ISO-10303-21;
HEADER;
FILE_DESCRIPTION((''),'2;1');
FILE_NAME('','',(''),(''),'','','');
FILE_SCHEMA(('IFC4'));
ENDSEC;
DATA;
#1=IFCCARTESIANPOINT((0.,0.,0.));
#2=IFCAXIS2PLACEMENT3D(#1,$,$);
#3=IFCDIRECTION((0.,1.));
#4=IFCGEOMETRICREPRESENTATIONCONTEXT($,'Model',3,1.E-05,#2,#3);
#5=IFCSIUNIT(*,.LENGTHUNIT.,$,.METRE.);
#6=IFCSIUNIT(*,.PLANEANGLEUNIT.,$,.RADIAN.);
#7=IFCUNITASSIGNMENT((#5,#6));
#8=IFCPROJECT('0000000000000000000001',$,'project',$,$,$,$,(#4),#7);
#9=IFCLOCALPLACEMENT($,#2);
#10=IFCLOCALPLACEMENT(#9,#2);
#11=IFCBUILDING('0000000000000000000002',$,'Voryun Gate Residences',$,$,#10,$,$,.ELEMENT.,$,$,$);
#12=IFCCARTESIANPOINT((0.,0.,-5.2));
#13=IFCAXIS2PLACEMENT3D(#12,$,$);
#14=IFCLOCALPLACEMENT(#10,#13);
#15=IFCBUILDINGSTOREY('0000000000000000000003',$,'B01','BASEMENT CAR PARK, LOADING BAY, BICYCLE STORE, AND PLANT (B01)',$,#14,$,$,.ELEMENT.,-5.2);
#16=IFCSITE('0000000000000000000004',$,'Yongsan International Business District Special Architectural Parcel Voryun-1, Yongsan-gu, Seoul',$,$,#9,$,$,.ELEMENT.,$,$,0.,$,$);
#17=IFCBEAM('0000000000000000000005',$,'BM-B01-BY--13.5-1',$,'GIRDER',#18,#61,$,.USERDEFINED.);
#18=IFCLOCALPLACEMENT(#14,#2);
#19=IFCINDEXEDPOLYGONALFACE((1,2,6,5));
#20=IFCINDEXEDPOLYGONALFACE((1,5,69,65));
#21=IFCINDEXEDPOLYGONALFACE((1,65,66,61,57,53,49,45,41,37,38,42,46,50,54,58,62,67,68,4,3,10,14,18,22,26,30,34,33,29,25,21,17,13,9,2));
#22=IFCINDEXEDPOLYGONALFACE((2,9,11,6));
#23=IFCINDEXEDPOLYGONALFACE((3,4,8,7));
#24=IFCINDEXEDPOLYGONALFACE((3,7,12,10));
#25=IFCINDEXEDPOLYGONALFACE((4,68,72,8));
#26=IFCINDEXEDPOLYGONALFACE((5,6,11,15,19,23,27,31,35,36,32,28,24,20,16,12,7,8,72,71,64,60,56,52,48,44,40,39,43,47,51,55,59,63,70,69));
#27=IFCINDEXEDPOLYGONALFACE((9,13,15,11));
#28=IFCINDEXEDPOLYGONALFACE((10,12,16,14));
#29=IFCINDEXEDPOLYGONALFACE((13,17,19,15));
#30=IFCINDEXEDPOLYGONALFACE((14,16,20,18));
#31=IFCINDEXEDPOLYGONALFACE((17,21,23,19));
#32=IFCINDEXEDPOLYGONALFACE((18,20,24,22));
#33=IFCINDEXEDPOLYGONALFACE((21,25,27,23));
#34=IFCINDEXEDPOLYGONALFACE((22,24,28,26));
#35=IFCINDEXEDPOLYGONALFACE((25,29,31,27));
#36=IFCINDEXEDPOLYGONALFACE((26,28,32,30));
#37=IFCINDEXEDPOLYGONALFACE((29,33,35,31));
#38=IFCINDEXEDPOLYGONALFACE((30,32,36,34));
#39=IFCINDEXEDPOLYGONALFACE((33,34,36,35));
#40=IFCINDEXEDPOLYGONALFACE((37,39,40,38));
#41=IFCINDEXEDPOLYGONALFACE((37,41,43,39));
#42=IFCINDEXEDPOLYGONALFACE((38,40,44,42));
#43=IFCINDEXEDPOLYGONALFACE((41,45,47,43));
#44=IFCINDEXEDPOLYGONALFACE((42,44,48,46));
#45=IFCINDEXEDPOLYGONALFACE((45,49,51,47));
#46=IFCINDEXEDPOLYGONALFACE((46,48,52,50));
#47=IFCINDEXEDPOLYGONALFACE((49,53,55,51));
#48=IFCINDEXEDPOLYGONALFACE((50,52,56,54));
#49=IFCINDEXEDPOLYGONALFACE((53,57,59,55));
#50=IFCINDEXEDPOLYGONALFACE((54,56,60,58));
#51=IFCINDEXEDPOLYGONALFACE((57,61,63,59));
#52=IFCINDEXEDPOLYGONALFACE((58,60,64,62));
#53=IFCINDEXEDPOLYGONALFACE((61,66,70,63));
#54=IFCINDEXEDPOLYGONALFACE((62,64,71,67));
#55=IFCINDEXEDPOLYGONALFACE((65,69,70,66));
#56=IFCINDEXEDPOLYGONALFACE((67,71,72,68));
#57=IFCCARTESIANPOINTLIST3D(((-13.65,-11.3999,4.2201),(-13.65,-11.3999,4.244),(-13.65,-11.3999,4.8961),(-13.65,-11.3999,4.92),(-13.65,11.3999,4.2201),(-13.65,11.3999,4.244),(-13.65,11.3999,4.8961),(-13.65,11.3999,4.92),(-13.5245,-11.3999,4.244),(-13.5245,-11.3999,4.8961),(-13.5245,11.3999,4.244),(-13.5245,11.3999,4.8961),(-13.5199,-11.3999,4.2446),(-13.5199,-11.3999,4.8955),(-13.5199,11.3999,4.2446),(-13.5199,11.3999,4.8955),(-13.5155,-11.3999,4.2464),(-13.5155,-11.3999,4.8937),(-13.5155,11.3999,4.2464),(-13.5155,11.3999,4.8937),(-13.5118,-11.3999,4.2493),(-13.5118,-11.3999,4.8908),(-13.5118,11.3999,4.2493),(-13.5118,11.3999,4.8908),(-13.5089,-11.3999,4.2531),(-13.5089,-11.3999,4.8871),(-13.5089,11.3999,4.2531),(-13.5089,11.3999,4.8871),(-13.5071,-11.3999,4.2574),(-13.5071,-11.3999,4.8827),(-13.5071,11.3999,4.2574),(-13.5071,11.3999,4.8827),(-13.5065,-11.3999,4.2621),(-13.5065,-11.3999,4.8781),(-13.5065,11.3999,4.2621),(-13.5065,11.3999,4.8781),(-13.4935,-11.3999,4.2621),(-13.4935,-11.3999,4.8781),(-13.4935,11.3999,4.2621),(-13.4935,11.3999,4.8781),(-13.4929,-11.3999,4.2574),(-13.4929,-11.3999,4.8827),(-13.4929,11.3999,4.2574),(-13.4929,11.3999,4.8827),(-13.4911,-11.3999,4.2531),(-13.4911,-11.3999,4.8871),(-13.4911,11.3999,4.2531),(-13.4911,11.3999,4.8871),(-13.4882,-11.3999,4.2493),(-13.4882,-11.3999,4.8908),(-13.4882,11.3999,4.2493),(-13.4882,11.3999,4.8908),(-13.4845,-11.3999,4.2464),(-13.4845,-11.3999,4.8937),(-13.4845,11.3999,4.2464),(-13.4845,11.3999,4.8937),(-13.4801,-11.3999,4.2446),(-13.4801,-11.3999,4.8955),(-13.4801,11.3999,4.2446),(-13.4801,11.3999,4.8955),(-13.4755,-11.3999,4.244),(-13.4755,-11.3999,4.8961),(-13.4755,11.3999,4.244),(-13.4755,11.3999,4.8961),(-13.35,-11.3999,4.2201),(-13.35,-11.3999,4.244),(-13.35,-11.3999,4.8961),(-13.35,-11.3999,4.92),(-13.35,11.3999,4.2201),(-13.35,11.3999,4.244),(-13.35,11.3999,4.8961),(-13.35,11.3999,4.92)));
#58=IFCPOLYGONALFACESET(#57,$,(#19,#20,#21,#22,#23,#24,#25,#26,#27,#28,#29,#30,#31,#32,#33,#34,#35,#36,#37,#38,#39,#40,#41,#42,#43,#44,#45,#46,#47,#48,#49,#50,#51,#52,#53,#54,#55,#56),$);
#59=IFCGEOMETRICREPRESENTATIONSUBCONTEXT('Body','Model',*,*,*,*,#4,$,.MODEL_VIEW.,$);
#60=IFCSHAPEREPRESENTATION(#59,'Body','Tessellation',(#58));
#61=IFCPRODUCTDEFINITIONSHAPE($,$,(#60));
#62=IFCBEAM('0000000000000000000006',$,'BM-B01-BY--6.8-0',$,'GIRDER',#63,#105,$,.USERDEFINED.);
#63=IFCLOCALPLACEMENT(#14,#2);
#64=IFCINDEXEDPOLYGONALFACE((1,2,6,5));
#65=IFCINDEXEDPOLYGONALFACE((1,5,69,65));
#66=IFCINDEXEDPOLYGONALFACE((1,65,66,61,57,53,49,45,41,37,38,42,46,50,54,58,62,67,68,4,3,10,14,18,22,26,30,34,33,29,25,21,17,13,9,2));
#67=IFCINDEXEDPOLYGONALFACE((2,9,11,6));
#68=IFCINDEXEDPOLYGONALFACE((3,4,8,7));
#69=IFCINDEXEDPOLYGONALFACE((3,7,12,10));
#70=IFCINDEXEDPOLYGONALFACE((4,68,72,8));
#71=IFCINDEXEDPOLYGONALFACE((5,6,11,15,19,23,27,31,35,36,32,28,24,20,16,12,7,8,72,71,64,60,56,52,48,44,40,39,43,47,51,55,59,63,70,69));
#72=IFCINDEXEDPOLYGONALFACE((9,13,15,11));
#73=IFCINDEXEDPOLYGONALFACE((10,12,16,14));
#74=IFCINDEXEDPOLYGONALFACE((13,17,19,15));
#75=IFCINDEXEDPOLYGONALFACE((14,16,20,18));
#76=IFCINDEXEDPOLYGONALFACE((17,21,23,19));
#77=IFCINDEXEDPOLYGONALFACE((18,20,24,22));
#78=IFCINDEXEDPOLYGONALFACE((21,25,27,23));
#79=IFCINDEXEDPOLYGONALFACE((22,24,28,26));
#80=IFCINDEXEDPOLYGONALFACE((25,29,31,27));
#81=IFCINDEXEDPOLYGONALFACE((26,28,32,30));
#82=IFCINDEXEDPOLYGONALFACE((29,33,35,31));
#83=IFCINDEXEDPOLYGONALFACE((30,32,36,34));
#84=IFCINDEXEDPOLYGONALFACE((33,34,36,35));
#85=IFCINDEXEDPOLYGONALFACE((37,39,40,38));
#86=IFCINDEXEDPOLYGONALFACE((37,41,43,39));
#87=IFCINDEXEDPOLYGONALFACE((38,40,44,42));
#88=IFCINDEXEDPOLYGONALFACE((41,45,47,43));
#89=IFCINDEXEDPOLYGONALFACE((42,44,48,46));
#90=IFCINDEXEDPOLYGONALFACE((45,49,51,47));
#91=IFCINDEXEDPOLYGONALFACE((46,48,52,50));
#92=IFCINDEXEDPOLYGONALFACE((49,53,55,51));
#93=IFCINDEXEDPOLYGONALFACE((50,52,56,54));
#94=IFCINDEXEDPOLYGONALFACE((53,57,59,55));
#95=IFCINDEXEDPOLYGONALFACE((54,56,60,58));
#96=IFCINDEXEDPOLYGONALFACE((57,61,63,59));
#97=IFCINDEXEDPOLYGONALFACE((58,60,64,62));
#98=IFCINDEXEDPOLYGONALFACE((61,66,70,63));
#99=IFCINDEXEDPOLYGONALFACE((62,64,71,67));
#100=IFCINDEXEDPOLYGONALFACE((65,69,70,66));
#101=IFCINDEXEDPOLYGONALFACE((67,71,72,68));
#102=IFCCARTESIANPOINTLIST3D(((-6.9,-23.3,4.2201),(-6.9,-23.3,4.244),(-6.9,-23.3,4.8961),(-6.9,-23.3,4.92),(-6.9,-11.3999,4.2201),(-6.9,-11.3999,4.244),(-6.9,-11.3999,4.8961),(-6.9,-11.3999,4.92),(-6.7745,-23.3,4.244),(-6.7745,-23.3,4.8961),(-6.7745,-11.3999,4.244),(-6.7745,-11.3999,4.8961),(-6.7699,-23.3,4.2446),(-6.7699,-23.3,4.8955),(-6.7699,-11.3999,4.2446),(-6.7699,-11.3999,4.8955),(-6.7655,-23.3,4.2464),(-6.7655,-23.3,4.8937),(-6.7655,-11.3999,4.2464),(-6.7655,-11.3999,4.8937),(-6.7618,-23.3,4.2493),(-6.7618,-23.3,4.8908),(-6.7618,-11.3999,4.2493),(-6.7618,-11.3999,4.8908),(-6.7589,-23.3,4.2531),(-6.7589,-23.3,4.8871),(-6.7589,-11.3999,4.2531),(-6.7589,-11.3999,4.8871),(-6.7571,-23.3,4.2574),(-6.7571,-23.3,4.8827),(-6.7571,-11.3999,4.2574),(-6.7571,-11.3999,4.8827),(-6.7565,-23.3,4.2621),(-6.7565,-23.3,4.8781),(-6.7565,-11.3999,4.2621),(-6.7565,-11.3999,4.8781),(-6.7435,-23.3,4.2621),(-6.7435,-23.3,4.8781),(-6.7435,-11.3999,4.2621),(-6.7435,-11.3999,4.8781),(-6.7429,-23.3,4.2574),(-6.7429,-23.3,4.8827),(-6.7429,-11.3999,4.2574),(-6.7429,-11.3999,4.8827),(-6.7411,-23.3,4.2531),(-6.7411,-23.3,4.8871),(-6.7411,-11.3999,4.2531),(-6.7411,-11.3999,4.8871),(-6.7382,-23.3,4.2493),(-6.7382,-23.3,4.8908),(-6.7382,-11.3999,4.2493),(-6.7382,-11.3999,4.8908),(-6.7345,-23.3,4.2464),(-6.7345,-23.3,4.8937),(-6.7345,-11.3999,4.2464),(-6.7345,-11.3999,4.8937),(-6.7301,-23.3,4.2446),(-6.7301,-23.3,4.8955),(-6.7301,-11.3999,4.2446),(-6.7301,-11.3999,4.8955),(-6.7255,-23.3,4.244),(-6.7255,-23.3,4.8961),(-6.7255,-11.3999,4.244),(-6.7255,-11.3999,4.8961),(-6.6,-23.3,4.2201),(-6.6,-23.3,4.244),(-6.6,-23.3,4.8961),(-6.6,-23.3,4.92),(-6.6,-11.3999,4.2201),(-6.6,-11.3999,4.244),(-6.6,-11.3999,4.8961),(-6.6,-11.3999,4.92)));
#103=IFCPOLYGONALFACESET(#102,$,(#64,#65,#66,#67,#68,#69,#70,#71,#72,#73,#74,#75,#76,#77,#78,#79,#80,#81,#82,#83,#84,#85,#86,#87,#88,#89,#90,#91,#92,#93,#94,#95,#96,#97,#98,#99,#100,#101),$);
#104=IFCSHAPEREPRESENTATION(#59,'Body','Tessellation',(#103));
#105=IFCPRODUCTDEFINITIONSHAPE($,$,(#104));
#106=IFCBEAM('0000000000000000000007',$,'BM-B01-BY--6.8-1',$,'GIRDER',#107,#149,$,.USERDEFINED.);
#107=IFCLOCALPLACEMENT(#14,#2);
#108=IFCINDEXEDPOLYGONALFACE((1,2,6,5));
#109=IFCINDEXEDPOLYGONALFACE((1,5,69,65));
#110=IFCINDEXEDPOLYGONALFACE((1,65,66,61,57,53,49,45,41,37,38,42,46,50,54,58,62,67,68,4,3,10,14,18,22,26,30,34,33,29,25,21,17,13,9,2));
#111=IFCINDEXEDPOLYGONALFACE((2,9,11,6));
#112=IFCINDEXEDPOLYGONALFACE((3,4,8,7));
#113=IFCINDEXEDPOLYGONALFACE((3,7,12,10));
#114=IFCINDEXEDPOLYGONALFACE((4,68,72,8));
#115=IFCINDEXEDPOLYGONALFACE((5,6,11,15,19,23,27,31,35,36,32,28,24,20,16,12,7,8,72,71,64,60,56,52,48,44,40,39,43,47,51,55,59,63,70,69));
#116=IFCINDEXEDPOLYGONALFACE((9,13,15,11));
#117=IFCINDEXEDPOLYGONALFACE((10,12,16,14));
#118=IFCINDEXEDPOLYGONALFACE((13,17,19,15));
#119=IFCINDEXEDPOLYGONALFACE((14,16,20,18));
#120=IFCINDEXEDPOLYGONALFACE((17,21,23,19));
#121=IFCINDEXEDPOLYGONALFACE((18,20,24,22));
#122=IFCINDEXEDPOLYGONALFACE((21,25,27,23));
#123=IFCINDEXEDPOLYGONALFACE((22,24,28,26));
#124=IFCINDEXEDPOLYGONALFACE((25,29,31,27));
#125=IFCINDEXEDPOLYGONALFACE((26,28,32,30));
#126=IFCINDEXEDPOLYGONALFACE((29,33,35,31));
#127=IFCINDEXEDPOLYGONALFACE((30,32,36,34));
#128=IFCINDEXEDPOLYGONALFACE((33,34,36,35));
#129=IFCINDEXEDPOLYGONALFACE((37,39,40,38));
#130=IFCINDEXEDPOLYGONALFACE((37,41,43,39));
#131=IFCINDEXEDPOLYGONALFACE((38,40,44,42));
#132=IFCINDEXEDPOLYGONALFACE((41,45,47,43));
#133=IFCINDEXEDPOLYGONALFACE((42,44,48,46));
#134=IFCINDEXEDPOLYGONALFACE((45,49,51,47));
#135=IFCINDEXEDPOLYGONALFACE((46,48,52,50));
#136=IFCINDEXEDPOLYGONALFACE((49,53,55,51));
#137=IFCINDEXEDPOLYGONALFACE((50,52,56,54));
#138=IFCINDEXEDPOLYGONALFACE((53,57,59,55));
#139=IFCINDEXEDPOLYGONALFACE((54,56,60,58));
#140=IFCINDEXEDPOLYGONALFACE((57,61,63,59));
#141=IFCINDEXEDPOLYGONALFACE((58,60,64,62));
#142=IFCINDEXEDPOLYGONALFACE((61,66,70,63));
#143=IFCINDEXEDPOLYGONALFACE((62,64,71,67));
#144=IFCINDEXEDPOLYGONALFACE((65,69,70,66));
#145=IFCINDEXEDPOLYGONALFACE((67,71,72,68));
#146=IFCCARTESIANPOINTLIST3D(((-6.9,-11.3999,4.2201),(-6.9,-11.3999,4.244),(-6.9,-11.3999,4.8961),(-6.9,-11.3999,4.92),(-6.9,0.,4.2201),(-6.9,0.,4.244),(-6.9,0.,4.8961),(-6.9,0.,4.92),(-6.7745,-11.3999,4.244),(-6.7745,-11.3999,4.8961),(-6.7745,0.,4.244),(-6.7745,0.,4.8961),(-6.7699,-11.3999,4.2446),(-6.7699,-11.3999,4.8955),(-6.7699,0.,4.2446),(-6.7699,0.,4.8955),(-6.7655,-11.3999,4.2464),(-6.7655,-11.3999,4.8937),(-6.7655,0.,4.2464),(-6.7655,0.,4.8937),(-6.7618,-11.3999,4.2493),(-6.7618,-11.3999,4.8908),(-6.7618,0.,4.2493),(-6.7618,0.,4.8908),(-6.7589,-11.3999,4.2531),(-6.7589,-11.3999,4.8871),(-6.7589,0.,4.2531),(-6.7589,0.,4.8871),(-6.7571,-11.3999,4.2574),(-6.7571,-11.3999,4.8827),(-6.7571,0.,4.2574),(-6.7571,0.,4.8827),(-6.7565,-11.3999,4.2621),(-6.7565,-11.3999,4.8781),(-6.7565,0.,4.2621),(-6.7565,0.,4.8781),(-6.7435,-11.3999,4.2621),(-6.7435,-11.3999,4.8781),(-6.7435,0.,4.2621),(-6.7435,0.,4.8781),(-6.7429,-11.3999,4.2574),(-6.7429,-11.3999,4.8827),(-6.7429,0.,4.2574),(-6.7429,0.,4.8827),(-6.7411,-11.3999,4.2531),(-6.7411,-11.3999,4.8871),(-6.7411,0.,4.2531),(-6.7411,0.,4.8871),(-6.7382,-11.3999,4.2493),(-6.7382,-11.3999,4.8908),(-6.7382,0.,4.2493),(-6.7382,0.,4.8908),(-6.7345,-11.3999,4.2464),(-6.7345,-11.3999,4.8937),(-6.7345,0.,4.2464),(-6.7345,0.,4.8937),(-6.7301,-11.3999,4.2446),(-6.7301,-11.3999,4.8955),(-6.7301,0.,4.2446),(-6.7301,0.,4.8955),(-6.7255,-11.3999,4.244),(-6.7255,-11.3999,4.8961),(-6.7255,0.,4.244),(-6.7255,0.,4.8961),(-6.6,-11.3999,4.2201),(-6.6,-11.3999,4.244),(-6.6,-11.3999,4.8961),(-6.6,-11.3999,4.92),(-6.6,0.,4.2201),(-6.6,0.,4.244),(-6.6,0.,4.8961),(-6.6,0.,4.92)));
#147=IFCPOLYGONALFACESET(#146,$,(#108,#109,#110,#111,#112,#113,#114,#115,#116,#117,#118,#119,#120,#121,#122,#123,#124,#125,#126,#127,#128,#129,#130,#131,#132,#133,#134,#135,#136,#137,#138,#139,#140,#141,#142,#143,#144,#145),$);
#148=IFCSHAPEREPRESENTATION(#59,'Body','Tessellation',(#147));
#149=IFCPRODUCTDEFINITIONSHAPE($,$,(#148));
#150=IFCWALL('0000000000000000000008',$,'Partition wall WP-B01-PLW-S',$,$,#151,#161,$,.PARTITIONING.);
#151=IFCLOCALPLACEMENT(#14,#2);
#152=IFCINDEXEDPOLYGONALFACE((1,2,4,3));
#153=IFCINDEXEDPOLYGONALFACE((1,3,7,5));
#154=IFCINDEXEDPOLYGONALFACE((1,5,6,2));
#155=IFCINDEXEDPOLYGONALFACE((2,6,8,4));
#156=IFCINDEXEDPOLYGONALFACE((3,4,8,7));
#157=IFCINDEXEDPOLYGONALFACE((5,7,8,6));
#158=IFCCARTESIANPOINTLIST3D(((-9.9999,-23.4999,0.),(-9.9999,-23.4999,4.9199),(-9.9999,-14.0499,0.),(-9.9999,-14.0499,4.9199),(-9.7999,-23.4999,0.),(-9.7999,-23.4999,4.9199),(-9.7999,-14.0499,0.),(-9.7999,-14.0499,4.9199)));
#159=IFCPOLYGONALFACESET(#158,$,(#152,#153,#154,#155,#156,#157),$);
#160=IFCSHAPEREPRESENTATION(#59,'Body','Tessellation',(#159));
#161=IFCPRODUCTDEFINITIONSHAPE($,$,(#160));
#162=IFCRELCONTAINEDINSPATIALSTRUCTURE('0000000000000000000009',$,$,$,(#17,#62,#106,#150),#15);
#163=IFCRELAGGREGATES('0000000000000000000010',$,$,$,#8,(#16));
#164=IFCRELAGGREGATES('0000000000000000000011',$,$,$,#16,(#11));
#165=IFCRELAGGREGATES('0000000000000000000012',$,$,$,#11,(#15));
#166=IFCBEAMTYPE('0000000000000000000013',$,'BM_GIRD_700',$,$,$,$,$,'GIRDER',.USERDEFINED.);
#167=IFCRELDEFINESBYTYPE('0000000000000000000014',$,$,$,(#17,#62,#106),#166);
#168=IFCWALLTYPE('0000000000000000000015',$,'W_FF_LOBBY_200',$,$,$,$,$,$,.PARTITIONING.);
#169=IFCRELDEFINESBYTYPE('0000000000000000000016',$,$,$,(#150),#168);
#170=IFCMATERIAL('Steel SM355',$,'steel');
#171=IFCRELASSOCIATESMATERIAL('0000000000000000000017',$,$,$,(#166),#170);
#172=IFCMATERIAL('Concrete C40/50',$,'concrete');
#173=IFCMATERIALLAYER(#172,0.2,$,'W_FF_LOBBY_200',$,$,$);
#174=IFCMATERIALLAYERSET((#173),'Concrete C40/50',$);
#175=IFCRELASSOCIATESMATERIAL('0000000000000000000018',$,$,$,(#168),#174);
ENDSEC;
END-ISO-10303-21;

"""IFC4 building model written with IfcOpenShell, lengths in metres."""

from ifc_helpers import new_model, si_unit, direction, frame, frame_2d, origin, origin_2d, place, context, subcontext, project, spatial, rectangle, i_section, extrude, material, layer, layer_set, material_profile, profile_set, type_object, element, save


model = new_model("IFC4")

# Units and contexts
model_context = context("Model", 3, precision=1e-05, world=origin(), true_north=direction((0.0, 1.0)))
body_context = subcontext(model_context, "Body", "Model", "MODEL_VIEW")
ifc_project = project(units=[si_unit("LENGTHUNIT", "METRE"), si_unit("PLANEANGLEUNIT", "RADIAN")], contexts=[model_context])

# Site, building, storey
site_placement = place(None, origin())
site = spatial("IfcSite", under=ifc_project, at=site_placement, Name="Yongsan International Business District Special Architectural Parcel Voryun-1, Yongsan-gu, Seoul", CompositionType="ELEMENT", RefElevation=0.0)
building_placement = place(site_placement, origin())
building = spatial("IfcBuilding", under=site, at=building_placement, Name="Voryun Gate Residences", CompositionType="ELEMENT")
storey_placement = place(building_placement, frame((0.0, 0.0, -5.2)))
storey = spatial("IfcBuildingStorey", under=building, at=storey_placement, Name="B01", Description="BASEMENT CAR PARK, LOADING BAY, BICYCLE STORE, AND PLANT (B01)", CompositionType="ELEMENT", Elevation=-5.2)

# Beams
ifc_material_1 = material(Name="Steel SM355", Category="steel")
ifc_material_profile_1 = material_profile(ifc_material_1, i_section(OverallWidth=0.3, OverallDepth=0.7, WebThickness=0.0129, FlangeThickness=0.0239, FilletRadius=0.0181, at=origin_2d()), Name="H-700x300x13x24")
ifc_profile_set_1 = profile_set([ifc_material_profile_1], Name="Steel SM355")
beam_type_1 = type_object("IfcBeamType", Name="BM_GIRD_700", ElementType="GIRDER", PredefinedType="USERDEFINED", material=ifc_profile_set_1)
beam_1_placement = place(storey_placement, frame((-13.5, -11.3999, 4.5701), z_axis=(0.0, 1.0, 0.0), x_axis=(-1.0, 0.0, 0.0)))
element("IfcBeam", 1, at=beam_1_placement, inside=storey, type_object=beam_type_1, Name="BM-B01-BY--13.5-1", ObjectType="GIRDER", PredefinedType="USERDEFINED", context=body_context, shape_type="SweptSolid", body=[
    extrude(i_section(OverallWidth=0.3, OverallDepth=0.7, WebThickness=0.0129, FlangeThickness=0.0239, FilletRadius=0.0181, at=origin_2d()), origin(), (0.0, 0.0, 1.0), 22.7998),
])
beam_2_placement = place(storey_placement, frame((-6.75, -23.3, 4.5701), z_axis=(0.0, 1.0, 0.0), x_axis=(-1.0, 0.0, 0.0)))
element("IfcBeam", 2, at=beam_2_placement, inside=storey, type_object=beam_type_1, Name="BM-B01-BY--6.8-0", ObjectType="GIRDER", PredefinedType="USERDEFINED", context=body_context, shape_type="SweptSolid", body=[
    extrude(i_section(OverallWidth=0.3, OverallDepth=0.7, WebThickness=0.0129, FlangeThickness=0.0239, FilletRadius=0.0181, at=origin_2d()), origin(), (0.0, 0.0, 1.0), 11.9001),
])
beam_3_placement = place(storey_placement, frame((-6.75, -11.3999, 4.5701), z_axis=(0.0, 1.0, 0.0), x_axis=(-1.0, 0.0, 0.0)))
element("IfcBeam", 3, at=beam_3_placement, inside=storey, type_object=beam_type_1, Name="BM-B01-BY--6.8-1", ObjectType="GIRDER", PredefinedType="USERDEFINED", context=body_context, shape_type="SweptSolid", body=[
    extrude(i_section(OverallWidth=0.3, OverallDepth=0.7, WebThickness=0.0129, FlangeThickness=0.0239, FilletRadius=0.0181, at=origin_2d()), origin(), (0.0, 0.0, 1.0), 11.3999),
])

# Wall
ifc_material_2 = material(Name="Concrete C40/50", Category="concrete")
ifc_layer = layer(ifc_material_2, 0.2, Name="W_FF_LOBBY_200")
ifc_layer_set = layer_set([ifc_layer], Name="Concrete C40/50")
wall_type = type_object("IfcWallType", Name="W_FF_LOBBY_200", PredefinedType="PARTITIONING", material=ifc_layer_set)
wall_1_placement = place(storey_placement, frame((-9.8999, -23.5, 0.0), z_axis=(0.0, 0.0, 1.0), x_axis=(0.0, 1.0, 0.0)))
element("IfcWall", 4, at=wall_1_placement, inside=storey, type_object=wall_type, Name="Partition wall WP-B01-PLW-S", PredefinedType="PARTITIONING", context=body_context, shape_type="SweptSolid", body=[
    extrude(rectangle(XDim=9.45, YDim=0.2, at=frame_2d((4.7251, 0.0))), origin(), (0.0, 0.0, 1.0), 4.9199),
])

save(model, "model.ifc")
